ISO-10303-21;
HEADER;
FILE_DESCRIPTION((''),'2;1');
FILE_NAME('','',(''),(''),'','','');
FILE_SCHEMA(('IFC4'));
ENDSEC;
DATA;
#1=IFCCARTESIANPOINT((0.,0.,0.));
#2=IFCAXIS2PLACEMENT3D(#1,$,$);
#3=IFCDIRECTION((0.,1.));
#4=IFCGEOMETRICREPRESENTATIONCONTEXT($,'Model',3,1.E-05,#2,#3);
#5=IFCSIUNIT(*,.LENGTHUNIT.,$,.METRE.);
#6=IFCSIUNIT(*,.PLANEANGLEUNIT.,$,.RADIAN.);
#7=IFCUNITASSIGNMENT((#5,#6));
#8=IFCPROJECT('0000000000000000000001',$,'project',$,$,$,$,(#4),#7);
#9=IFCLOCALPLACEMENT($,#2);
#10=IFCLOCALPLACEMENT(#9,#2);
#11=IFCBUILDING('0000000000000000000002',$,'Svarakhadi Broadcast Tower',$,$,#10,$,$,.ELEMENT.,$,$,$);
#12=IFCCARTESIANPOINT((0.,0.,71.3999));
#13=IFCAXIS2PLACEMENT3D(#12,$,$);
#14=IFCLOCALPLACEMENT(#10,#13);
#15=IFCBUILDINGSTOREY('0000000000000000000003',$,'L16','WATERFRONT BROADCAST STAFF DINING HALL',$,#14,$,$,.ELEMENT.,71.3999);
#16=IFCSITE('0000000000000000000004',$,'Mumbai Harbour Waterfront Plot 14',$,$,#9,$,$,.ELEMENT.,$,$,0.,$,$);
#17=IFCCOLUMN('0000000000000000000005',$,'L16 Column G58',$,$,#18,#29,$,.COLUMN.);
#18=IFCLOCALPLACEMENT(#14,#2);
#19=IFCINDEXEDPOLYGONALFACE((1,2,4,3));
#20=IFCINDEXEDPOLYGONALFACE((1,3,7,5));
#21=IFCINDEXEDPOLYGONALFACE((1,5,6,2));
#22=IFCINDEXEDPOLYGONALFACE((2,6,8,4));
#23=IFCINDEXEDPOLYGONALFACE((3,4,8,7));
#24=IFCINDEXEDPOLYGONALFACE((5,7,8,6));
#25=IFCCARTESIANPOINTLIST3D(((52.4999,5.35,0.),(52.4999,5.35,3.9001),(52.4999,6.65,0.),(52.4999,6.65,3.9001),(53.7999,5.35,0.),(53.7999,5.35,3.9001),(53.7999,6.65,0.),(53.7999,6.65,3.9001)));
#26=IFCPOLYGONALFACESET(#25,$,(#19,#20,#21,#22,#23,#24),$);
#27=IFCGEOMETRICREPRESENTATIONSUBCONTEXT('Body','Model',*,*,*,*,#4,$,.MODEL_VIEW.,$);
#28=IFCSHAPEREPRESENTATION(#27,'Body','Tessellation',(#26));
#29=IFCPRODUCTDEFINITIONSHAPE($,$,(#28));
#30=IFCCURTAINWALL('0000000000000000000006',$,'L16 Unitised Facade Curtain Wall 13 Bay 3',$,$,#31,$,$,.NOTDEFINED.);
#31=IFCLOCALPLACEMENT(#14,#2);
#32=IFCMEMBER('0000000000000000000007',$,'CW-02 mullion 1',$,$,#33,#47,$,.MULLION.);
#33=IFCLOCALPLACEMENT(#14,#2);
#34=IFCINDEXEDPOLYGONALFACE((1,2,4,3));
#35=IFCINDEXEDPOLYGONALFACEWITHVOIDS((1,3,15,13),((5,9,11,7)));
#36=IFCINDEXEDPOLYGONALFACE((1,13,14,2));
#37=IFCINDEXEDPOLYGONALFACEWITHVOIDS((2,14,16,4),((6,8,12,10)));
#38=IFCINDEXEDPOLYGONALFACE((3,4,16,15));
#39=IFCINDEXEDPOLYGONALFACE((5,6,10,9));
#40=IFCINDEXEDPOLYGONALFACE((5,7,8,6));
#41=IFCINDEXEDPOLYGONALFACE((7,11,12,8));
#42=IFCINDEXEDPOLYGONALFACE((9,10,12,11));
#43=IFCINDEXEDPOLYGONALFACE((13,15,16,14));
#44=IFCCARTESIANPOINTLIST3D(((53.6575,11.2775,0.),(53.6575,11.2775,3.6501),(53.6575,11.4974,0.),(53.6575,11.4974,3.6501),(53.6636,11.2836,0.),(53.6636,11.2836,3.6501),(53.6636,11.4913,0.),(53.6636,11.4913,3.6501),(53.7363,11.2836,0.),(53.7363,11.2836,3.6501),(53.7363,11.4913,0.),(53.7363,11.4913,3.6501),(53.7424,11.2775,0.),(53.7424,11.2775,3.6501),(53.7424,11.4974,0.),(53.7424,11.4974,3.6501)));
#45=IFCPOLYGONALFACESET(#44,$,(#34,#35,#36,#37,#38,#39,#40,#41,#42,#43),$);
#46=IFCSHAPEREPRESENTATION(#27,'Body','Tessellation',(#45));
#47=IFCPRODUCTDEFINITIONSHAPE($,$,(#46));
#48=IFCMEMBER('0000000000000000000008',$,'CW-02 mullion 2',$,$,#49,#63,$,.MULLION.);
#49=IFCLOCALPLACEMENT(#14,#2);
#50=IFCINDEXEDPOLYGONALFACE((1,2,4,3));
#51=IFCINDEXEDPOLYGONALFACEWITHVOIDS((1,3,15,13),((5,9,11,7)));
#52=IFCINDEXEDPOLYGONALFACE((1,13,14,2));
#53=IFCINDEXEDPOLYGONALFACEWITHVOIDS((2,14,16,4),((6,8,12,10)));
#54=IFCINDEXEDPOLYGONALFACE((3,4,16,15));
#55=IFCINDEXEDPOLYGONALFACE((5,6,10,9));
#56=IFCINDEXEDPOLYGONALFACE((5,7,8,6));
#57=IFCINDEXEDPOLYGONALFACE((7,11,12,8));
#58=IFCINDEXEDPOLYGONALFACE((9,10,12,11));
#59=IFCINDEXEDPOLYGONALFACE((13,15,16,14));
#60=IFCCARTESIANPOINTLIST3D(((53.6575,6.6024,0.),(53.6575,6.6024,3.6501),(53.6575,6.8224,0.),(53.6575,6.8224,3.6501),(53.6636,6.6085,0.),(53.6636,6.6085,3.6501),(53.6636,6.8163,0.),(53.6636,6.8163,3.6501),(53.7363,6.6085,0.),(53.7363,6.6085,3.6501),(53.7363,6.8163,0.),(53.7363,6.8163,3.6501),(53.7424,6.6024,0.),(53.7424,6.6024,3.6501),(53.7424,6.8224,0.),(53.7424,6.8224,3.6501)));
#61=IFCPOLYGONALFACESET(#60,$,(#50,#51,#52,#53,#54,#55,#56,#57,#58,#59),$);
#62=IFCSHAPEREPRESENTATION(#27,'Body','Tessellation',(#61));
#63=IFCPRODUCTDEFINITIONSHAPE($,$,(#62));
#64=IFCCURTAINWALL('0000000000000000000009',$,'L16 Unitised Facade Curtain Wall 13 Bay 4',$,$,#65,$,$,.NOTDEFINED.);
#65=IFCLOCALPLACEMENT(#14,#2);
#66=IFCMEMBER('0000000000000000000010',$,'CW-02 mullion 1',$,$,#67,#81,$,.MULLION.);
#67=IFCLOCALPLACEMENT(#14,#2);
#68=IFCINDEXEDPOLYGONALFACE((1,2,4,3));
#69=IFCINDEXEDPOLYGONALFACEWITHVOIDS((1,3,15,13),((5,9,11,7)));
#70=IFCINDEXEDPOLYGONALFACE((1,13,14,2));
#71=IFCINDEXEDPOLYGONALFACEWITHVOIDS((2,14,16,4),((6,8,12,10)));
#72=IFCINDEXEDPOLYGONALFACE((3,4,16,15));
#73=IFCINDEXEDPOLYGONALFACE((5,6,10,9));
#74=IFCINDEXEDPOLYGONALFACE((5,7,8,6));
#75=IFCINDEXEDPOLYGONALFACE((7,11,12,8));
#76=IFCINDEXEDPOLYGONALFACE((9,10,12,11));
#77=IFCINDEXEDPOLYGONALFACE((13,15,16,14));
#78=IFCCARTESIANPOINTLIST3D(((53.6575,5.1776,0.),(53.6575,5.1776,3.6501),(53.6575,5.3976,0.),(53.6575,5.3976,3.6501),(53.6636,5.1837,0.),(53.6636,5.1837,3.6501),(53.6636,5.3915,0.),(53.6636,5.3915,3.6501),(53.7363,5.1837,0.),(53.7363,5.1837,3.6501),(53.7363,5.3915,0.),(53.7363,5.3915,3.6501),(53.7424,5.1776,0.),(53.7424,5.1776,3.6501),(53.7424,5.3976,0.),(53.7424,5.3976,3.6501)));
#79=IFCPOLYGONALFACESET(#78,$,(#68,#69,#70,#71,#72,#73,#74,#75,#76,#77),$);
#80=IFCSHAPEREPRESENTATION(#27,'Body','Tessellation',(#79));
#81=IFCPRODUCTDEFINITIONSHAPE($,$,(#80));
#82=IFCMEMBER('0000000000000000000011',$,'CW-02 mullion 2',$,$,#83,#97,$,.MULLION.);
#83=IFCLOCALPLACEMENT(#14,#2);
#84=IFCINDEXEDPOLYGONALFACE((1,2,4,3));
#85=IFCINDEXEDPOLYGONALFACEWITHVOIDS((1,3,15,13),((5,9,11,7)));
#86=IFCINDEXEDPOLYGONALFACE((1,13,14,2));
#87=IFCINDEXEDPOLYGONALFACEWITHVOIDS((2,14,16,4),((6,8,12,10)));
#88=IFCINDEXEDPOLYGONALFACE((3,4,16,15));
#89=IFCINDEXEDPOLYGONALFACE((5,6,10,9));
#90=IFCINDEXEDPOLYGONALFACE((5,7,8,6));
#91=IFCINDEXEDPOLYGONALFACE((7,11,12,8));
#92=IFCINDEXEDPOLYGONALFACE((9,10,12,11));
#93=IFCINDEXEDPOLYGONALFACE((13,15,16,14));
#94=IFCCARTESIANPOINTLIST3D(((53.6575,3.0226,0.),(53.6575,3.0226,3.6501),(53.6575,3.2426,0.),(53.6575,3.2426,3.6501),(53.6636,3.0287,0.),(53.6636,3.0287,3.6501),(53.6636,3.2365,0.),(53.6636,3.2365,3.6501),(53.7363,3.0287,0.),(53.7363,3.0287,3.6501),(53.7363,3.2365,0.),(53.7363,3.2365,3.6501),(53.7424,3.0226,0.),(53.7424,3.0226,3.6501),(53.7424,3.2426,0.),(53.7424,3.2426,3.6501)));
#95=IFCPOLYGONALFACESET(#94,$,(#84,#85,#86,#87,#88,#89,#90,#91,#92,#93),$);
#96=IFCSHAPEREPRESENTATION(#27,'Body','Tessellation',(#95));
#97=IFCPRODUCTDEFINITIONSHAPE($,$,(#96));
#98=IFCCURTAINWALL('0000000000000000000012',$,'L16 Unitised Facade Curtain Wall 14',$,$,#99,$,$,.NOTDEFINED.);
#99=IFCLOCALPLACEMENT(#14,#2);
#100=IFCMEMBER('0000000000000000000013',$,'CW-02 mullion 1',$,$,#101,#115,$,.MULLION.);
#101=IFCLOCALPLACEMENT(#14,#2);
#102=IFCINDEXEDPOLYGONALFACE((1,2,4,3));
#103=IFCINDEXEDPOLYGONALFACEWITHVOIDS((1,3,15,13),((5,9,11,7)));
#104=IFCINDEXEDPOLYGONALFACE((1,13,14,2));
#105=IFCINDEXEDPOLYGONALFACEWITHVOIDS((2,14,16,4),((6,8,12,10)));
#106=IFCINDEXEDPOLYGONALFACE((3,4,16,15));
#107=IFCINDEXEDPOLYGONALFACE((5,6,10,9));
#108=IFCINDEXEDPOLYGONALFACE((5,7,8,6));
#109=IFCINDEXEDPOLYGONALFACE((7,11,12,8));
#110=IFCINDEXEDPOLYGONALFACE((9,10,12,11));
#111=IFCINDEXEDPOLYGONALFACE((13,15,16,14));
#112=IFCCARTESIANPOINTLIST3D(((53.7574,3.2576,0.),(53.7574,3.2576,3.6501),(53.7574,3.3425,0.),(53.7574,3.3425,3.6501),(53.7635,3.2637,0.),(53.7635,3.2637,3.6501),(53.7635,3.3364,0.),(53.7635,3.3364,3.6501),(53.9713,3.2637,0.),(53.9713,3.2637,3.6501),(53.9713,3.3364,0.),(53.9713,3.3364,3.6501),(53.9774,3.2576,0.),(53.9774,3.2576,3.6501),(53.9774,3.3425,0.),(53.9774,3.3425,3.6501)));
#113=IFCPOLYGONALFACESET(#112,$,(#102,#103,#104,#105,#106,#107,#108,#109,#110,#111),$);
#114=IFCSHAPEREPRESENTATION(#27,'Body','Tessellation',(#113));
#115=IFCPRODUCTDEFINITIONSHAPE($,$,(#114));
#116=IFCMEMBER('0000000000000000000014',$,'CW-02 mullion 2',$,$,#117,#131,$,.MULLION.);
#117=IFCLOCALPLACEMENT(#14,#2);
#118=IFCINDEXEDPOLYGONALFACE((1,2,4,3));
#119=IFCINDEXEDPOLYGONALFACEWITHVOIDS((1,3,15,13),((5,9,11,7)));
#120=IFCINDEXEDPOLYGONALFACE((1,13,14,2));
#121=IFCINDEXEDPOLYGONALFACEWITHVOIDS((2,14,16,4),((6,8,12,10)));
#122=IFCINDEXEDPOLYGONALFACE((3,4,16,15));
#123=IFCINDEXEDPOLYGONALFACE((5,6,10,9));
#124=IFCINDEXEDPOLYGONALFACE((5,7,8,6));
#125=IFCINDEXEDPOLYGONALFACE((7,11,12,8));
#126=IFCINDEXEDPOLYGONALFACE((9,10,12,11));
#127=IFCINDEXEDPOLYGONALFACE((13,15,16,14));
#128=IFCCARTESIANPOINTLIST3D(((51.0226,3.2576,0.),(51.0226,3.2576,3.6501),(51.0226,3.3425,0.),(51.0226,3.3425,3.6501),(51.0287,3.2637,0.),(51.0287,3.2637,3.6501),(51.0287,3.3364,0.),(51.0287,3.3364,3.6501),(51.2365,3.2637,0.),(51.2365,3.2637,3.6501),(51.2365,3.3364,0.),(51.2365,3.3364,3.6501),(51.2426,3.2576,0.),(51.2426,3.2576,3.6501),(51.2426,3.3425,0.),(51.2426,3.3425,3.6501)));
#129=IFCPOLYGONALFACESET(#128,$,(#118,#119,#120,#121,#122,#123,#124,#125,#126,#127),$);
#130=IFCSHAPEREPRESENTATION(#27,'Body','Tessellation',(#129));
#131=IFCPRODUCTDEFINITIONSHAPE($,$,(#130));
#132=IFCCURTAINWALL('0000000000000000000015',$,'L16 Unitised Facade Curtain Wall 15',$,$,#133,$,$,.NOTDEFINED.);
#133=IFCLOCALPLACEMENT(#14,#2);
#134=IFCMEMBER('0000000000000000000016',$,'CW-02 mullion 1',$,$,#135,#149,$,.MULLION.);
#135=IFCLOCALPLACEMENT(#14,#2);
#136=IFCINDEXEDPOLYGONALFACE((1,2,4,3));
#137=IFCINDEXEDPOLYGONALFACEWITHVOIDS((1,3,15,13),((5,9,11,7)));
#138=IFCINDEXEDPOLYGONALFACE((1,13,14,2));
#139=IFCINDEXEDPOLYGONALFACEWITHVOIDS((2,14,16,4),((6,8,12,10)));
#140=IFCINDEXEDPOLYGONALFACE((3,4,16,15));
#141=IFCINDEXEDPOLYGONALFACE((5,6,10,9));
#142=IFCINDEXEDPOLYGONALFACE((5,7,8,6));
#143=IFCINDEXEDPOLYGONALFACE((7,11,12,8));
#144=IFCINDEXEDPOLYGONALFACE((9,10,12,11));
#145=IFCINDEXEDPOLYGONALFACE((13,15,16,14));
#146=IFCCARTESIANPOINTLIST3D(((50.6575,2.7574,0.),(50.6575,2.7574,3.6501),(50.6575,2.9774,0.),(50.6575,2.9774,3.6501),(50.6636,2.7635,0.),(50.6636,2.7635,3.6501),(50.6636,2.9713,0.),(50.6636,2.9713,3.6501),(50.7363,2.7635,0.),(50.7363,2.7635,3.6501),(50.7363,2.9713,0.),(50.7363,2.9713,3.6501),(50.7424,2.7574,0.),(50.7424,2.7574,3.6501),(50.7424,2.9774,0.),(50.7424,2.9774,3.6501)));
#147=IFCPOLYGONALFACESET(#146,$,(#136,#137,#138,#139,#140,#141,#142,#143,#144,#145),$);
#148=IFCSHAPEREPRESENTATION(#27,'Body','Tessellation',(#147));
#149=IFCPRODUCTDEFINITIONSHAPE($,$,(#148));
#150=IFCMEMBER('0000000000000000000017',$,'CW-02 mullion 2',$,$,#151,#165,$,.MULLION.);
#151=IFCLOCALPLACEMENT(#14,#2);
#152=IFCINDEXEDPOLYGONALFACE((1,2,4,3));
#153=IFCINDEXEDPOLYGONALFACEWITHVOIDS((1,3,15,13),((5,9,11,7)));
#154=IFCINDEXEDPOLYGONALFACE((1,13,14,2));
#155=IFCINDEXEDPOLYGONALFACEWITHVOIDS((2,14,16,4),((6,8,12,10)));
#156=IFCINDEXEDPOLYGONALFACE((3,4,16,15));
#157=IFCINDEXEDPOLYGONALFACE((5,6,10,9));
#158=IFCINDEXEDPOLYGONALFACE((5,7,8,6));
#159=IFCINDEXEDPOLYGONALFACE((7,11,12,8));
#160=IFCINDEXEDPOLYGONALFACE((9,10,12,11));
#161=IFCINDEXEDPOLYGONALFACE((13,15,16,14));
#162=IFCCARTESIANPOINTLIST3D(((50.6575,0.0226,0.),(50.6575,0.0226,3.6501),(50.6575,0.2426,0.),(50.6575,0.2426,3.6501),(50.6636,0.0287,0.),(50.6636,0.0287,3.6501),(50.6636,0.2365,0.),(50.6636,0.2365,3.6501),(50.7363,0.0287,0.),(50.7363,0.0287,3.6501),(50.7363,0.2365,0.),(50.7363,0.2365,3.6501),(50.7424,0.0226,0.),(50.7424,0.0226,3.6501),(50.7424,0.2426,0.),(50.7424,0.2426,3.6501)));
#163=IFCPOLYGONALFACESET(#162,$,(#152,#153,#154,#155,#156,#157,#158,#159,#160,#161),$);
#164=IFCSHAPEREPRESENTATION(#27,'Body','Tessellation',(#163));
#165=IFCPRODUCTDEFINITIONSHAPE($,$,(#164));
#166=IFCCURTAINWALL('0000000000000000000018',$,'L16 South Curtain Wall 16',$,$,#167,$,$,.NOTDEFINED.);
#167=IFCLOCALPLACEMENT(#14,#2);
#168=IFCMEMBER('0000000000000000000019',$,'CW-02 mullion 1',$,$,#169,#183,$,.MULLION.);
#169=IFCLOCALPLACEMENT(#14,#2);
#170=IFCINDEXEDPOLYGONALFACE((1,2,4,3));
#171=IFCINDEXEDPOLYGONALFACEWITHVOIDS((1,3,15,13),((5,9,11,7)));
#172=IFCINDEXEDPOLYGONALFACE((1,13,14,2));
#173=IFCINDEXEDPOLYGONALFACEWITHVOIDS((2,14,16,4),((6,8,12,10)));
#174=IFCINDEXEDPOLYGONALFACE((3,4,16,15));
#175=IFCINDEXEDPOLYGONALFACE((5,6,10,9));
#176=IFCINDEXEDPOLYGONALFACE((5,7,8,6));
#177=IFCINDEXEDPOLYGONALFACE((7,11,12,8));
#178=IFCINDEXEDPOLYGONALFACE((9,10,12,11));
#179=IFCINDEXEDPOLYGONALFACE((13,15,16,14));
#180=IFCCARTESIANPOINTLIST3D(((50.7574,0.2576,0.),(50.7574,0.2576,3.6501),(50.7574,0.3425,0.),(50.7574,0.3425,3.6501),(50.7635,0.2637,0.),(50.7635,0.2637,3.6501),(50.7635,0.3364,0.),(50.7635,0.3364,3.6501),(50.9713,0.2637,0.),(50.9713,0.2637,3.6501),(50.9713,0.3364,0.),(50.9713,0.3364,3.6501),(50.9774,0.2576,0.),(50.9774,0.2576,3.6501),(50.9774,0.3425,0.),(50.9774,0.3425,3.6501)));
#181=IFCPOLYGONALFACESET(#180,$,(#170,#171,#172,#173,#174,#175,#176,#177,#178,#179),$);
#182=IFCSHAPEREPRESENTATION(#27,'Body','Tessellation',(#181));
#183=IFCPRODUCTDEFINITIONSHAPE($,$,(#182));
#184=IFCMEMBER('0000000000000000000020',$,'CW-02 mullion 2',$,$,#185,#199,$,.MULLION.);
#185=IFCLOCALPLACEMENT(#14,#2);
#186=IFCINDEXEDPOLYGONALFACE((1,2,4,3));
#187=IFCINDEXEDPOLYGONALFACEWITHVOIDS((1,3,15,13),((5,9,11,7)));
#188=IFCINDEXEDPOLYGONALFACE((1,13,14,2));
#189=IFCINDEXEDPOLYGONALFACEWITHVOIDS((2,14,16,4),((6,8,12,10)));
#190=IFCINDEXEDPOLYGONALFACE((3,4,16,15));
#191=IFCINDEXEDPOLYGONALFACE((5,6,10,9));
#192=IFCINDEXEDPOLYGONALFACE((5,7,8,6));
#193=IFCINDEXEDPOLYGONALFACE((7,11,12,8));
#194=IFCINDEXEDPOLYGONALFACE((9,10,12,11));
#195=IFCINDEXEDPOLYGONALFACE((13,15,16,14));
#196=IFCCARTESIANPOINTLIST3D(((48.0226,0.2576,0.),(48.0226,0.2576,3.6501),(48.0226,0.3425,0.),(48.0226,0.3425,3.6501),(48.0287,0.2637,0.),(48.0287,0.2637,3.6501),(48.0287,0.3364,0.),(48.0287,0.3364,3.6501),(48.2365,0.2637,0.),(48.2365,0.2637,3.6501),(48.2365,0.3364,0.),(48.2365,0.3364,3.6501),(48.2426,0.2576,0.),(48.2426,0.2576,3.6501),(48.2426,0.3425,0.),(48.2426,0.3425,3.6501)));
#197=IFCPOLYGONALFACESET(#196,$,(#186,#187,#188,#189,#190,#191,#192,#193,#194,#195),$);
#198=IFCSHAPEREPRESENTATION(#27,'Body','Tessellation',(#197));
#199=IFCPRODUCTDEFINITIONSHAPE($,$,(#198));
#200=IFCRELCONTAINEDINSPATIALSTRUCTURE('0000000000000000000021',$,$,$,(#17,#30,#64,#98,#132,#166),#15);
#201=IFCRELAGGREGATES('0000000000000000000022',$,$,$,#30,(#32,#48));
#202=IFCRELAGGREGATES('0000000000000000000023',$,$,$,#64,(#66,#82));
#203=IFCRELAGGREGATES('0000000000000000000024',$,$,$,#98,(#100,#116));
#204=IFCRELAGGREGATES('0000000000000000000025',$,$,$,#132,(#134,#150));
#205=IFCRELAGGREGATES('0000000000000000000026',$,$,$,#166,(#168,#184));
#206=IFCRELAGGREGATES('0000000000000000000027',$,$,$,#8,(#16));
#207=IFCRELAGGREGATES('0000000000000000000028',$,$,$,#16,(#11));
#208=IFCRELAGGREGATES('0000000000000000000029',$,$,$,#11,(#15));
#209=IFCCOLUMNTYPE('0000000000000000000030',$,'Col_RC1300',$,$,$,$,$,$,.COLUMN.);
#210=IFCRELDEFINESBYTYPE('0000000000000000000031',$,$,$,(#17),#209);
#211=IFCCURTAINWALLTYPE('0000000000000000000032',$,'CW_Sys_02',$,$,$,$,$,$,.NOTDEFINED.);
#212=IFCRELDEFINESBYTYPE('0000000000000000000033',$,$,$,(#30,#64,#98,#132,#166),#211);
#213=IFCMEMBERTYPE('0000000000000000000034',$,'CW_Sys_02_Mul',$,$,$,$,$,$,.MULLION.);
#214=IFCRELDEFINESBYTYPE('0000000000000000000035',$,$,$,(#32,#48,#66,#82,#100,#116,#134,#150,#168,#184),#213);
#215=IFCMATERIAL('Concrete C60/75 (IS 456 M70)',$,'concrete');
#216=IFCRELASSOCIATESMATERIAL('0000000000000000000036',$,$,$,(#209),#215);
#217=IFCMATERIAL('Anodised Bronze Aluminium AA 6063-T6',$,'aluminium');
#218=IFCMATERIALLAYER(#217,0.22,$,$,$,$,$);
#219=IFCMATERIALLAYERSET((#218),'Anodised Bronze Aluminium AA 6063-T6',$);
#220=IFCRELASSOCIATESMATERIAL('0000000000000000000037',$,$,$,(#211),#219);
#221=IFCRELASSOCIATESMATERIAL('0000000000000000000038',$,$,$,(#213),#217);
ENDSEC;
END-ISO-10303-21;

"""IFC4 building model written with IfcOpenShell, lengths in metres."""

from ifc_helpers import new_model, si_unit, direction, frame, origin, origin_2d, place, context, subcontext, project, spatial, rectangle, hollow_rectangle, extrude, material, layer, layer_set, material_profile, profile_set, type_object, element, aggregate, save


model = new_model("IFC4")

# Units and contexts
model_context = context("Model", 3, precision=1e-05, world=origin(), true_north=direction((0.0, 1.0)))
body_context = subcontext(model_context, "Body", "Model", "MODEL_VIEW")
ifc_project = project(units=[si_unit("LENGTHUNIT", "METRE"), si_unit("PLANEANGLEUNIT", "RADIAN")], contexts=[model_context])

# Site, building, storey
site_placement = place(None, origin())
site = spatial("IfcSite", under=ifc_project, at=site_placement, Name="Mumbai Harbour Waterfront Plot 14", CompositionType="ELEMENT", RefElevation=0.0)
building_placement = place(site_placement, origin())
building = spatial("IfcBuilding", under=site, at=building_placement, Name="Svarakhadi Broadcast Tower", CompositionType="ELEMENT")
storey_placement = place(building_placement, frame((0.0, 0.0, 71.3999)))
storey = spatial("IfcBuildingStorey", under=building, at=storey_placement, Name="L16", Description="WATERFRONT BROADCAST STAFF DINING HALL", CompositionType="ELEMENT", Elevation=71.3999)

# Column
ifc_material_1 = material(Name="Concrete C60/75 (IS 456 M70)", Category="concrete")
ifc_material_profile_1 = material_profile(ifc_material_1, rectangle(XDim=1.3, YDim=1.3, at=origin_2d()), Name="RC 1300x1300")
ifc_profile_set_1 = profile_set([ifc_material_profile_1], Name="Concrete C60/75 (IS 456 M70)")
column_type = type_object("IfcColumnType", Name="Col_RC1300", PredefinedType="COLUMN", material=ifc_profile_set_1)
column_placement = place(storey_placement, frame((53.1499, 6.0, 0.0), z_axis=(0.0, 0.0, 1.0), x_axis=(1.0, 0.0, 0.0)))
element("IfcColumn", 1, at=column_placement, inside=storey, type_object=column_type, Name="L16 Column G58", PredefinedType="COLUMN", context=body_context, shape_type="SweptSolid", body=[
    extrude(rectangle(XDim=1.3, YDim=1.3, at=origin_2d()), origin(), (0.0, 0.0, 1.0), 3.9001),
])

# Curtain walls, members
ifc_material_2 = material(Name="Anodised Bronze Aluminium AA 6063-T6", Category="aluminium")
ifc_layer_1 = layer(ifc_material_2, 0.22)
ifc_layer_set_1 = layer_set([ifc_layer_1], Name="Anodised Bronze Aluminium AA 6063-T6")
curtain_wall_type = type_object("IfcCurtainWallType", Name="CW_Sys_02", PredefinedType="NOTDEFINED", material=ifc_layer_set_1)
curtain_wall_1_placement = place(storey_placement, origin())
curtain_wall_1 = element("IfcCurtainWall", 2, at=curtain_wall_1_placement, inside=storey, type_object=curtain_wall_type, Name="L16 Unitised Facade Curtain Wall 13 Bay 3", PredefinedType="NOTDEFINED")
ifc_material_profile_2 = material_profile(ifc_material_2, hollow_rectangle(XDim=0.085, YDim=0.22, WallThickness=0.0061, at=origin_2d()), Name="ALU MULLION 220x85x6")
ifc_profile_set_2 = profile_set([ifc_material_profile_2], Name="Anodised Bronze Aluminium AA 6063-T6")
member_type_1 = type_object("IfcMemberType", Name="CW_Sys_02_Mul", PredefinedType="MULLION", material=ifc_profile_set_2)
member_1_placement = place(storey_placement, frame((53.7, 11.3875, 0.0), z_axis=(0.0, 0.0, 1.0), x_axis=(1.0, 0.0, 0.0)))
member_1 = element("IfcMember", 3, at=member_1_placement, type_object=member_type_1, Name="CW-02 mullion 1", PredefinedType="MULLION", context=body_context, shape_type="SweptSolid", body=[
    extrude(hollow_rectangle(XDim=0.085, YDim=0.22, WallThickness=0.0061, at=origin_2d()), origin(), (0.0, 0.0, 1.0), 3.6501),
])
member_2_placement = place(storey_placement, frame((53.7, 6.7124, 0.0), z_axis=(0.0, 0.0, 1.0), x_axis=(1.0, 0.0, 0.0)))
member_2 = element("IfcMember", 4, at=member_2_placement, type_object=member_type_1, Name="CW-02 mullion 2", PredefinedType="MULLION", context=body_context, shape_type="SweptSolid", body=[
    extrude(hollow_rectangle(XDim=0.085, YDim=0.22, WallThickness=0.0061, at=origin_2d()), origin(), (0.0, 0.0, 1.0), 3.6501),
])
curtain_wall_2_placement = place(storey_placement, origin())
curtain_wall_2 = element("IfcCurtainWall", 5, at=curtain_wall_2_placement, inside=storey, type_object=curtain_wall_type, Name="L16 Unitised Facade Curtain Wall 13 Bay 4", PredefinedType="NOTDEFINED")
member_3_placement = place(storey_placement, frame((53.7, 5.2876, 0.0), z_axis=(0.0, 0.0, 1.0), x_axis=(1.0, 0.0, 0.0)))
member_3 = element("IfcMember", 6, at=member_3_placement, type_object=member_type_1, Name="CW-02 mullion 1", PredefinedType="MULLION", context=body_context, shape_type="SweptSolid", body=[
    extrude(hollow_rectangle(XDim=0.085, YDim=0.22, WallThickness=0.0061, at=origin_2d()), origin(), (0.0, 0.0, 1.0), 3.6501),
])
member_4_placement = place(storey_placement, frame((53.7, 3.1326, 0.0), z_axis=(0.0, 0.0, 1.0), x_axis=(1.0, 0.0, 0.0)))
member_4 = element("IfcMember", 7, at=member_4_placement, type_object=member_type_1, Name="CW-02 mullion 2", PredefinedType="MULLION", context=body_context, shape_type="SweptSolid", body=[
    extrude(hollow_rectangle(XDim=0.085, YDim=0.22, WallThickness=0.0061, at=origin_2d()), origin(), (0.0, 0.0, 1.0), 3.6501),
])
curtain_wall_3_placement = place(storey_placement, origin())
curtain_wall_3 = element("IfcCurtainWall", 8, at=curtain_wall_3_placement, inside=storey, type_object=curtain_wall_type, Name="L16 Unitised Facade Curtain Wall 14", PredefinedType="NOTDEFINED")
member_5_placement = place(storey_placement, frame((53.8674, 3.3, 0.0), z_axis=(0.0, 0.0, 1.0), x_axis=(0.0, -1.0, 0.0)))
member_5 = element("IfcMember", 9, at=member_5_placement, type_object=member_type_1, Name="CW-02 mullion 1", PredefinedType="MULLION", context=body_context, shape_type="SweptSolid", body=[
    extrude(hollow_rectangle(XDim=0.085, YDim=0.22, WallThickness=0.0061, at=origin_2d()), origin(), (0.0, 0.0, 1.0), 3.6501),
])
member_6_placement = place(storey_placement, frame((51.1326, 3.3, 0.0), z_axis=(0.0, 0.0, 1.0), x_axis=(0.0, -1.0, 0.0)))
member_6 = element("IfcMember", 10, at=member_6_placement, type_object=member_type_1, Name="CW-02 mullion 2", PredefinedType="MULLION", context=body_context, shape_type="SweptSolid", body=[
    extrude(hollow_rectangle(XDim=0.085, YDim=0.22, WallThickness=0.0061, at=origin_2d()), origin(), (0.0, 0.0, 1.0), 3.6501),
])
curtain_wall_4_placement = place(storey_placement, origin())
curtain_wall_4 = element("IfcCurtainWall", 11, at=curtain_wall_4_placement, inside=storey, type_object=curtain_wall_type, Name="L16 Unitised Facade Curtain Wall 15", PredefinedType="NOTDEFINED")
member_7_placement = place(storey_placement, frame((50.7, 2.8674, 0.0), z_axis=(0.0, 0.0, 1.0), x_axis=(1.0, 0.0, 0.0)))
member_7 = element("IfcMember", 12, at=member_7_placement, type_object=member_type_1, Name="CW-02 mullion 1", PredefinedType="MULLION", context=body_context, shape_type="SweptSolid", body=[
    extrude(hollow_rectangle(XDim=0.085, YDim=0.22, WallThickness=0.0061, at=origin_2d()), origin(), (0.0, 0.0, 1.0), 3.6501),
])
member_8_placement = place(storey_placement, frame((50.7, 0.1326, 0.0), z_axis=(0.0, 0.0, 1.0), x_axis=(1.0, 0.0, 0.0)))
member_8 = element("IfcMember", 13, at=member_8_placement, type_object=member_type_1, Name="CW-02 mullion 2", PredefinedType="MULLION", context=body_context, shape_type="SweptSolid", body=[
    extrude(hollow_rectangle(XDim=0.085, YDim=0.22, WallThickness=0.0061, at=origin_2d()), origin(), (0.0, 0.0, 1.0), 3.6501),
])
curtain_wall_5_placement = place(storey_placement, origin())
curtain_wall_5 = element("IfcCurtainWall", 14, at=curtain_wall_5_placement, inside=storey, type_object=curtain_wall_type, Name="L16 South Curtain Wall 16", PredefinedType="NOTDEFINED")
member_9_placement = place(storey_placement, frame((50.8674, 0.3, 0.0), z_axis=(0.0, 0.0, 1.0), x_axis=(0.0, -1.0, 0.0)))
member_9 = element("IfcMember", 15, at=member_9_placement, type_object=member_type_1, Name="CW-02 mullion 1", PredefinedType="MULLION", context=body_context, shape_type="SweptSolid", body=[
    extrude(hollow_rectangle(XDim=0.085, YDim=0.22, WallThickness=0.0061, at=origin_2d()), origin(), (0.0, 0.0, 1.0), 3.6501),
])
member_10_placement = place(storey_placement, frame((48.1326, 0.3, 0.0), z_axis=(0.0, 0.0, 1.0), x_axis=(0.0, -1.0, 0.0)))
member_10 = element("IfcMember", 16, at=member_10_placement, type_object=member_type_1, Name="CW-02 mullion 2", PredefinedType="MULLION", context=body_context, shape_type="SweptSolid", body=[
    extrude(hollow_rectangle(XDim=0.085, YDim=0.22, WallThickness=0.0061, at=origin_2d()), origin(), (0.0, 0.0, 1.0), 3.6501),
])

aggregate(curtain_wall_1, [member_1, member_2])
aggregate(curtain_wall_2, [member_3, member_4])
aggregate(curtain_wall_3, [member_5, member_6])
aggregate(curtain_wall_4, [member_7, member_8])
aggregate(curtain_wall_5, [member_9, member_10])

save(model, "model.ifc")
